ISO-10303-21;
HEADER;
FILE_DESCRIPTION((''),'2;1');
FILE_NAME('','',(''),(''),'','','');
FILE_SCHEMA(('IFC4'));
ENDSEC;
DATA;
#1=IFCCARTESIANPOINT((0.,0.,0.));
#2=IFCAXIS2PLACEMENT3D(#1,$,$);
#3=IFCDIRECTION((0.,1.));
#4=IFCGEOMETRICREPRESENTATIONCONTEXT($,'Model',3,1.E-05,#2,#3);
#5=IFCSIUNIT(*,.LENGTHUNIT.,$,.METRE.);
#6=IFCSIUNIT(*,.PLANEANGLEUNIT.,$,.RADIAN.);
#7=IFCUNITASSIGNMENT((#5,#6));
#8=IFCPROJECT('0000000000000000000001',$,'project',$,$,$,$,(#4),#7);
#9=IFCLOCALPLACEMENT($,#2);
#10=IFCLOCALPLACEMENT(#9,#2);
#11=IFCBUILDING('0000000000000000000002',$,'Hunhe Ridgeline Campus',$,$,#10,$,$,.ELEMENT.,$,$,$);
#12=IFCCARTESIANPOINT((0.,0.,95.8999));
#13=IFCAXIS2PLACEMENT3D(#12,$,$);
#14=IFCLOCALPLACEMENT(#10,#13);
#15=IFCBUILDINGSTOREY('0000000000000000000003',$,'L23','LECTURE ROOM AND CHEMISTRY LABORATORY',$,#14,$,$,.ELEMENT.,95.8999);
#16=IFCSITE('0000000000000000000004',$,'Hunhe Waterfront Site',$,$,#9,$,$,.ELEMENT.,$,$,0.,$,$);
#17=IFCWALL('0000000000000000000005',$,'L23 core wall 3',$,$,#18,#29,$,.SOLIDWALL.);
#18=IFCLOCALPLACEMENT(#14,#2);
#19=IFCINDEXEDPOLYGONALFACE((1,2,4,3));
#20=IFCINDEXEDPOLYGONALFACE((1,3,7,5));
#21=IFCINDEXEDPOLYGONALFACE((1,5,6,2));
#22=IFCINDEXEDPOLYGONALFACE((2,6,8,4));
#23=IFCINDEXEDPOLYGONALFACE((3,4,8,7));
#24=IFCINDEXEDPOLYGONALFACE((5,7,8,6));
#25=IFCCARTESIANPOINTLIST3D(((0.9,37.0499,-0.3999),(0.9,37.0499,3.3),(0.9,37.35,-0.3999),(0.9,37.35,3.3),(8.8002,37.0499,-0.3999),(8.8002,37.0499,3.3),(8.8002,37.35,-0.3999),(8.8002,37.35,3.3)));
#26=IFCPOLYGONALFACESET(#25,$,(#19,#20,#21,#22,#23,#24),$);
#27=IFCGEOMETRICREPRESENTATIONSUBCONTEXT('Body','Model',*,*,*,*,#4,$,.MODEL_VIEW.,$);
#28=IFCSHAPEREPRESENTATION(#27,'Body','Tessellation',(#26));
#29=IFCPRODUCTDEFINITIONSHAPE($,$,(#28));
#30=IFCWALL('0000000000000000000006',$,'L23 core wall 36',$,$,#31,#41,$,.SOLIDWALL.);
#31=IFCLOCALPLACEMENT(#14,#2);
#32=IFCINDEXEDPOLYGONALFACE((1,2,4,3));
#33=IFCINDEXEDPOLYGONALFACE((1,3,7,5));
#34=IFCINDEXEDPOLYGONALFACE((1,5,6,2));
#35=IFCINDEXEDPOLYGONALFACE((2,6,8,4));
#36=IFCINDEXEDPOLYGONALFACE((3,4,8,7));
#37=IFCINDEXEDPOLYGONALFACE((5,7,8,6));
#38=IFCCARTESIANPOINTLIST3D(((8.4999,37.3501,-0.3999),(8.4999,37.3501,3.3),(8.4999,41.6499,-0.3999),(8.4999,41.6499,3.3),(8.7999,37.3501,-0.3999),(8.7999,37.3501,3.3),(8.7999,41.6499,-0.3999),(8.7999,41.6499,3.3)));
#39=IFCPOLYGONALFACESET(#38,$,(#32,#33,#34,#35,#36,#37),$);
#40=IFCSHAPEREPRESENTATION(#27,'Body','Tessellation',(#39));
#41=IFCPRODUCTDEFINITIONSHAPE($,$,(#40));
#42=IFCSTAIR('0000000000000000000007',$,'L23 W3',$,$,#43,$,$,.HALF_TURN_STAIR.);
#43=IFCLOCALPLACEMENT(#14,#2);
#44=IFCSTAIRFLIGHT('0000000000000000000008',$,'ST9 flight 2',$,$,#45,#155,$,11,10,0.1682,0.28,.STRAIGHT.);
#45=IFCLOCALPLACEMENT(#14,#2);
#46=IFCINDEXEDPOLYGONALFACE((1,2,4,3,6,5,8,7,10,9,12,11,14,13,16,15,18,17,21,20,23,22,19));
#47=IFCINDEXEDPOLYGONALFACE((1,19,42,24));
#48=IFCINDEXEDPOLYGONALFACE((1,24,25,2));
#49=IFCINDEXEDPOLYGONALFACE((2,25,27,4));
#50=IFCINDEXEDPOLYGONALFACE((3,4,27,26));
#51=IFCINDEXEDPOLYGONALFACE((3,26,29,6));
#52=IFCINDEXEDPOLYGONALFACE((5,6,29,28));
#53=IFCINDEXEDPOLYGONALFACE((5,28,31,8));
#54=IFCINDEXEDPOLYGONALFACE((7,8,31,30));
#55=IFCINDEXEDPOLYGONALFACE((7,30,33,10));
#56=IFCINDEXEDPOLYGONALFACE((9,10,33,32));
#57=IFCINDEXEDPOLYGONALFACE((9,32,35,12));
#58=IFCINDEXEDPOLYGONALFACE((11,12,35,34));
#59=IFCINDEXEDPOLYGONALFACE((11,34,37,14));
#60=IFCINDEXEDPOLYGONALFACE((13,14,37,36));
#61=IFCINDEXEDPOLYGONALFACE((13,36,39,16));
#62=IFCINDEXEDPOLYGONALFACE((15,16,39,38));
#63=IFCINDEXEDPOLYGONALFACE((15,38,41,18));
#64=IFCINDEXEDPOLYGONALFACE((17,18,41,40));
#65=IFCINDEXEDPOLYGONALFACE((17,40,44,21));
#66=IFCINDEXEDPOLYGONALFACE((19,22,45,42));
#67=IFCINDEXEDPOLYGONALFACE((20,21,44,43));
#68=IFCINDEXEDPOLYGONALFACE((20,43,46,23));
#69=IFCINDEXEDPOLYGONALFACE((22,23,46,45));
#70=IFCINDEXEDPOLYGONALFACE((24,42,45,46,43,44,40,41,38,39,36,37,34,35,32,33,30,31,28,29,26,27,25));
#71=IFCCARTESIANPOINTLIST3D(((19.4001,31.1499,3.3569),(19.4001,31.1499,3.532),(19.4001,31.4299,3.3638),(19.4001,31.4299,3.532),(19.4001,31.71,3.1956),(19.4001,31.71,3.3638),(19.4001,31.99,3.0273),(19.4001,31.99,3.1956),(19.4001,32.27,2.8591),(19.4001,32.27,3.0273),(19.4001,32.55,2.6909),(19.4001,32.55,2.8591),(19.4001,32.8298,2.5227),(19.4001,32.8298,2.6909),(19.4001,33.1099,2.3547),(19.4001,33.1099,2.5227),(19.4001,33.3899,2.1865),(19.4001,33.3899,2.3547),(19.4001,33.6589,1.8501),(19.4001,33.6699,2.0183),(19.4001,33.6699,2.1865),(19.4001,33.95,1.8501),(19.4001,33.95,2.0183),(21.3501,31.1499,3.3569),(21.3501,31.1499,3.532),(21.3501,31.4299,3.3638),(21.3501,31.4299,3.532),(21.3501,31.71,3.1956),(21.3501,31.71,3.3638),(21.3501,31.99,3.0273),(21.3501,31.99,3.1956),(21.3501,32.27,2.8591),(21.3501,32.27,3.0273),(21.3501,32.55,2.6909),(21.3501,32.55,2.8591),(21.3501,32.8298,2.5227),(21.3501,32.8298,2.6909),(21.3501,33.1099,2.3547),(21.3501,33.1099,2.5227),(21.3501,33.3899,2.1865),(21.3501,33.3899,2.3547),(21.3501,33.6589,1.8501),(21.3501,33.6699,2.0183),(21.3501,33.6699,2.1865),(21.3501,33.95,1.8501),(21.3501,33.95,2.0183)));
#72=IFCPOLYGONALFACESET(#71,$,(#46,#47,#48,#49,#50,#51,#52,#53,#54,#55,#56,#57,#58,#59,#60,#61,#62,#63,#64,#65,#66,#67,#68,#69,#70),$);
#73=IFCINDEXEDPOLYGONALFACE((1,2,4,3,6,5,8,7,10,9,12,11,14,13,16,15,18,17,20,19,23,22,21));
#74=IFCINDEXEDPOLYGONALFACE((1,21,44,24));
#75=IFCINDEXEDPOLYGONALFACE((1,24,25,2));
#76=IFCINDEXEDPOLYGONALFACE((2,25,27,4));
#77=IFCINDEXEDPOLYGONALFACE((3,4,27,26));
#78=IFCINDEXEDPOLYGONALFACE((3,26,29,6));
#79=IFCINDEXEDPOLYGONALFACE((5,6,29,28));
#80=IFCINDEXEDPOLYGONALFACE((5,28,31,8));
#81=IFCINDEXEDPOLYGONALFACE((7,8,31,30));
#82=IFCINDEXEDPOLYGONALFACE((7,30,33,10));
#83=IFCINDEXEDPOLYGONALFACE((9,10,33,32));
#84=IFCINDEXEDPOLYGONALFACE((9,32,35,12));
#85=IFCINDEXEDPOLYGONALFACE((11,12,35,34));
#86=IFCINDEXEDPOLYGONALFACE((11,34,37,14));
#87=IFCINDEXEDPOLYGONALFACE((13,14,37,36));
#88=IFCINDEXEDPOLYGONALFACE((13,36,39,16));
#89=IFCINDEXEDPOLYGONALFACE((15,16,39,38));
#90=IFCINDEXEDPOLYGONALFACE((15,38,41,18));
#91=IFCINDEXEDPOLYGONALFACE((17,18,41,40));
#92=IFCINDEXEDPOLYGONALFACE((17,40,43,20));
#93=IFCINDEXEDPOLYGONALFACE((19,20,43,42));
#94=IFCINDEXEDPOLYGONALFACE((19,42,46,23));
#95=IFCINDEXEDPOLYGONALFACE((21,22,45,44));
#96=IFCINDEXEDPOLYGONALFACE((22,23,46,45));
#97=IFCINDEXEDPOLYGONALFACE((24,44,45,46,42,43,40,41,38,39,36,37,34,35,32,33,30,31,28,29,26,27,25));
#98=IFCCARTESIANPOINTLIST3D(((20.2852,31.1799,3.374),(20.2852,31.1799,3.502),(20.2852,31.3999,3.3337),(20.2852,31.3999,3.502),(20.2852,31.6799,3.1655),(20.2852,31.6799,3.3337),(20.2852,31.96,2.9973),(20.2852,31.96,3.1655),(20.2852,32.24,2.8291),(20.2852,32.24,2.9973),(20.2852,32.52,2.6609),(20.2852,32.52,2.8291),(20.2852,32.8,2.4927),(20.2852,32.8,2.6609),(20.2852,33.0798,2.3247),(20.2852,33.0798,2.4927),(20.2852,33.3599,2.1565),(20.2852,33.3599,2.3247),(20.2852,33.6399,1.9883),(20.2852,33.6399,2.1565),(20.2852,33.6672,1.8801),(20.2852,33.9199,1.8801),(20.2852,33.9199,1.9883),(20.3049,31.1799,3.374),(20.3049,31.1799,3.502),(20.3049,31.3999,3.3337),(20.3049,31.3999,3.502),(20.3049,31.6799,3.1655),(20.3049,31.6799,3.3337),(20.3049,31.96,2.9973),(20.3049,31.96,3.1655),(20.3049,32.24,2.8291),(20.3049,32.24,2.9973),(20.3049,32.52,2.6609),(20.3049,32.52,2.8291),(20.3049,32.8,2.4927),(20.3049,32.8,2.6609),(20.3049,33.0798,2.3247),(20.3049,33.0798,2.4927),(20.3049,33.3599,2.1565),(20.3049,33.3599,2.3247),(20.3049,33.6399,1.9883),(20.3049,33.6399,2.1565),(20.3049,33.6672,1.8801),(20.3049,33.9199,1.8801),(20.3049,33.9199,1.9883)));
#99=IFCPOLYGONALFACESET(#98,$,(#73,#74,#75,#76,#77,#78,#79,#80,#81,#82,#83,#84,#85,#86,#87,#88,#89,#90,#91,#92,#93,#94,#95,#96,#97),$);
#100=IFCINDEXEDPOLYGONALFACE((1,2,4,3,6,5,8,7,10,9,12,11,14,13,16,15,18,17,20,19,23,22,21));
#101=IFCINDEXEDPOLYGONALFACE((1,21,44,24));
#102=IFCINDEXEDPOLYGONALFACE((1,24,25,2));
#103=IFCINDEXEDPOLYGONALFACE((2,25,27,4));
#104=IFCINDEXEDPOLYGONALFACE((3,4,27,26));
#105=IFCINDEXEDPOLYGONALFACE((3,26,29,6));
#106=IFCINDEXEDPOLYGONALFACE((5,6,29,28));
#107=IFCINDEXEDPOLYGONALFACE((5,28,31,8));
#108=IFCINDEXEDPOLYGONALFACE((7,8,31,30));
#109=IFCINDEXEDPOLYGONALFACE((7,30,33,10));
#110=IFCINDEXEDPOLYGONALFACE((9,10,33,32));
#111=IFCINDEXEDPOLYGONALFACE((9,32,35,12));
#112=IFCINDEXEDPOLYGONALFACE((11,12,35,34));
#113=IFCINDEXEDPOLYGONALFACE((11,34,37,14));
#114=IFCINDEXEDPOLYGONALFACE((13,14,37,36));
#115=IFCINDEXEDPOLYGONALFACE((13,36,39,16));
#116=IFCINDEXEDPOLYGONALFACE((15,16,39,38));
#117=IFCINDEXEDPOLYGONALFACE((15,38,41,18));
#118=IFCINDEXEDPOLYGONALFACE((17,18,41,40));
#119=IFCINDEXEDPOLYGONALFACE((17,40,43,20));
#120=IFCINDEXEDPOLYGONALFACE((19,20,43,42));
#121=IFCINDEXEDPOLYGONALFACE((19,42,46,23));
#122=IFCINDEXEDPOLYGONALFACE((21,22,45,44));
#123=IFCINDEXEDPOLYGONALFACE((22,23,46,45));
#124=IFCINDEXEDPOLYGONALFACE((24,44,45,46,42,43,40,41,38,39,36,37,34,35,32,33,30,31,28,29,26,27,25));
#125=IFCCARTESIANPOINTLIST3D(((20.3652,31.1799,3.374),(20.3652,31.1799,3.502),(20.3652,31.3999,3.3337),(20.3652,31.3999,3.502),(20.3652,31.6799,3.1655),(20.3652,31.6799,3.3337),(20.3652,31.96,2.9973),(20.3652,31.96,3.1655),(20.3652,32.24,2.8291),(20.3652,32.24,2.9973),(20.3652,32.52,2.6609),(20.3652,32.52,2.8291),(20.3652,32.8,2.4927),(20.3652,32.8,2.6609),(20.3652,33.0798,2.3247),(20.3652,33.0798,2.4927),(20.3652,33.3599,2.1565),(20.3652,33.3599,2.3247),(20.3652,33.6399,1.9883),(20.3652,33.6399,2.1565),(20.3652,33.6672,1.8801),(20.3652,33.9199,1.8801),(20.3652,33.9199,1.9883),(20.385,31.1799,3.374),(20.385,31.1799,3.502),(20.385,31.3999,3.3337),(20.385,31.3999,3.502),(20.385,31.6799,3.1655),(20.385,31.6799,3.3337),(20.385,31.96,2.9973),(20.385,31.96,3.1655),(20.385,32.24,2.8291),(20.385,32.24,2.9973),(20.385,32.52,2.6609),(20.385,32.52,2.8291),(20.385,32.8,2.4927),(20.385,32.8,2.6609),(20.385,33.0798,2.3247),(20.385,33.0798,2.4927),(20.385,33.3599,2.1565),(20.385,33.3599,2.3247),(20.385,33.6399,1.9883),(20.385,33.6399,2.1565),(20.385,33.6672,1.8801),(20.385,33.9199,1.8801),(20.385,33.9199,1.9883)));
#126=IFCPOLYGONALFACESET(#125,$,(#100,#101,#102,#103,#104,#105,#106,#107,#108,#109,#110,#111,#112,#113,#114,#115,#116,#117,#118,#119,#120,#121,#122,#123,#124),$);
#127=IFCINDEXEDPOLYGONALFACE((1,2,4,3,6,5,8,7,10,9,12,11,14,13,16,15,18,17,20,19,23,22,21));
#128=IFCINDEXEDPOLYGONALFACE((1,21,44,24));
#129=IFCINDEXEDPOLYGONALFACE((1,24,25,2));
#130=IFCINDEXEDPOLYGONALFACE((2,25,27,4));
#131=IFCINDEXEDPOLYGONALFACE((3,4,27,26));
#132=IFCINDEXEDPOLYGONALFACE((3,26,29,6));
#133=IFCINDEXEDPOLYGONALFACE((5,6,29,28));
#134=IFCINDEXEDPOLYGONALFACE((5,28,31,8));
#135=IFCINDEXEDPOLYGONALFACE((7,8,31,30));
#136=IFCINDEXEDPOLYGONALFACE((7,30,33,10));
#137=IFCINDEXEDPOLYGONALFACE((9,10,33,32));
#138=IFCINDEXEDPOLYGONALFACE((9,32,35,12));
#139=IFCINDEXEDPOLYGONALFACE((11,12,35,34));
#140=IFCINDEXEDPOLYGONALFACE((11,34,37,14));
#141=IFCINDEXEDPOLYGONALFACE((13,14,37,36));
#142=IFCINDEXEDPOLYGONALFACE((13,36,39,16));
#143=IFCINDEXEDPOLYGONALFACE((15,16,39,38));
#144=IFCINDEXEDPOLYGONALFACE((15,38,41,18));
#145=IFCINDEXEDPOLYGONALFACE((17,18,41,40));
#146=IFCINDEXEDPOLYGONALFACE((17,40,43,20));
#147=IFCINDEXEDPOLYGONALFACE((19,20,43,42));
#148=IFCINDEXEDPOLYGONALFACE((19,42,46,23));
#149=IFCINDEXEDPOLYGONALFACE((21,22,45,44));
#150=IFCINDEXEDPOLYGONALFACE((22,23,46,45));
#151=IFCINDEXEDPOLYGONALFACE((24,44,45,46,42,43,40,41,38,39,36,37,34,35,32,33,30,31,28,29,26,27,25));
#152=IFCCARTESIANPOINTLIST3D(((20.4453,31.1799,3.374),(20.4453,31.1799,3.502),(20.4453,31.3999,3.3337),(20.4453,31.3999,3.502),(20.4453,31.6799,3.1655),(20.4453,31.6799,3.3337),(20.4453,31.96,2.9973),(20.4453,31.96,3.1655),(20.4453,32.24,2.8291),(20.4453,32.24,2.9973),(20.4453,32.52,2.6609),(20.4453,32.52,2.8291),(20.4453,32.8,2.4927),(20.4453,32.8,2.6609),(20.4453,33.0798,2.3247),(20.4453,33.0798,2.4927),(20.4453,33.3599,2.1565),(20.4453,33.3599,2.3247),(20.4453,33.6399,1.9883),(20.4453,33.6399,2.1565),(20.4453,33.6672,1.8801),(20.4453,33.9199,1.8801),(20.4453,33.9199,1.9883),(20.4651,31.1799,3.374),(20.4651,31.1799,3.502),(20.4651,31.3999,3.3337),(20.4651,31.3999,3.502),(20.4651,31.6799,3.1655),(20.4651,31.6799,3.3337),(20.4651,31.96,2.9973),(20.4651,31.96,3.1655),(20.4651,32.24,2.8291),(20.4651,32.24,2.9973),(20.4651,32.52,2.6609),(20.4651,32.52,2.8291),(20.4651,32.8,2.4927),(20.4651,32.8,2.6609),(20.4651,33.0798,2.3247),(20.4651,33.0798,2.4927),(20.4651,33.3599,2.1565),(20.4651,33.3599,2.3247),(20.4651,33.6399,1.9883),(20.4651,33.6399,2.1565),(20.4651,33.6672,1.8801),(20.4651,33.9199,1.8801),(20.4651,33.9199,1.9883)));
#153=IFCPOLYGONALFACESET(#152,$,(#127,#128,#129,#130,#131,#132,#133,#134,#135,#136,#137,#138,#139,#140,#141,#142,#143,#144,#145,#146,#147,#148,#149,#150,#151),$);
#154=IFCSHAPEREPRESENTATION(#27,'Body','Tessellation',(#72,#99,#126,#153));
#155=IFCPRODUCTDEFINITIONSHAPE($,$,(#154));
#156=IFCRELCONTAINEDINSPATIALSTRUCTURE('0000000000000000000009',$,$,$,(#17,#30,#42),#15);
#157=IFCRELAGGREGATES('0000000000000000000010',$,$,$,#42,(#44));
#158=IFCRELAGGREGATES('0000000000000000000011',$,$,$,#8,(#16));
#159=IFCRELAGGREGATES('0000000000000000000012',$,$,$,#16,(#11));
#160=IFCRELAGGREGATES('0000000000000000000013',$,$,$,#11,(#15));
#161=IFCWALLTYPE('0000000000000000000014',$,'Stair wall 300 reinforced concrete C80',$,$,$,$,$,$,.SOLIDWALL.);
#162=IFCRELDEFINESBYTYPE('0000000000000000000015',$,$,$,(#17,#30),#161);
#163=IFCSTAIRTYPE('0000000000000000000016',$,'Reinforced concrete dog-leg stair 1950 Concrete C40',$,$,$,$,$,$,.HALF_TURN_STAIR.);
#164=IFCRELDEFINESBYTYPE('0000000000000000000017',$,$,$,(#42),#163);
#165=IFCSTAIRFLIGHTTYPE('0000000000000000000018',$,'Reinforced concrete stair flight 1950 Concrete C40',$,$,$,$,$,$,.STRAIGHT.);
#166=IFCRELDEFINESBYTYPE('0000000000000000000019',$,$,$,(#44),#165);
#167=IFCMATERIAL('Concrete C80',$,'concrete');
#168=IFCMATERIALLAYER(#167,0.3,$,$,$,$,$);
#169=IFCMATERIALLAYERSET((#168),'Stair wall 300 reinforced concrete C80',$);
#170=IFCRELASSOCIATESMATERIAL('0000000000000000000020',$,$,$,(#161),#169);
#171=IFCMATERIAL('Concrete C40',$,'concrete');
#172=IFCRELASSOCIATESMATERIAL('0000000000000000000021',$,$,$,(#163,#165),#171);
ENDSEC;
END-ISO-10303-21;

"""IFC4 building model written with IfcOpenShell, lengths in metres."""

from ifc_helpers import new_model, si_unit, direction, frame, frame_2d, origin, place, context, subcontext, project, spatial, polyline, rectangle, outline, extrude, material, layer, layer_set, type_object, element, aggregate, save


model = new_model("IFC4")

# Units and contexts
model_context = context("Model", 3, precision=1e-05, world=origin(), true_north=direction((0.0, 1.0)))
body_context = subcontext(model_context, "Body", "Model", "MODEL_VIEW")
ifc_project = project(units=[si_unit("LENGTHUNIT", "METRE"), si_unit("PLANEANGLEUNIT", "RADIAN")], contexts=[model_context])

# Site, building, storey
site_placement = place(None, origin())
site = spatial("IfcSite", under=ifc_project, at=site_placement, Name="Hunhe Waterfront Site", CompositionType="ELEMENT", RefElevation=0.0)
building_placement = place(site_placement, origin())
building = spatial("IfcBuilding", under=site, at=building_placement, Name="Hunhe Ridgeline Campus", CompositionType="ELEMENT")
storey_placement = place(building_placement, frame((0.0, 0.0, 95.8999)))
storey = spatial("IfcBuildingStorey", under=building, at=storey_placement, Name="L23", Description="LECTURE ROOM AND CHEMISTRY LABORATORY", CompositionType="ELEMENT", Elevation=95.8999)

# Wall
ifc_material_1 = material(Name="Concrete C80", Category="concrete")
ifc_layer_1 = layer(ifc_material_1, 0.3)
ifc_layer_set_1 = layer_set([ifc_layer_1], Name="Stair wall 300 reinforced concrete C80")
wall_type_1 = type_object("IfcWallType", Name="Stair wall 300 reinforced concrete C80", PredefinedType="SOLIDWALL", material=ifc_layer_set_1)
wall_1_placement = place(storey_placement, frame((0.8999, 37.2, -0.3999), z_axis=(0.0, 0.0, 1.0), x_axis=(1.0, 0.0, 0.0)))
element("IfcWall", 1, at=wall_1_placement, inside=storey, type_object=wall_type_1, Name="L23 core wall 3", PredefinedType="SOLIDWALL", context=body_context, shape_type="SweptSolid", body=[
    extrude(rectangle(XDim=7.9001, YDim=0.3, at=frame_2d((3.9502, 0.0))), origin(), (0.0, 0.0, 1.0), 3.7),
])

# Wall
wall_2_placement = place(storey_placement, frame((8.6499, 37.3501, -0.3999), z_axis=(0.0, 0.0, 1.0), x_axis=(0.0, 1.0, 0.0)))
element("IfcWall", 2, at=wall_2_placement, inside=storey, type_object=wall_type_1, Name="L23 core wall 36", PredefinedType="SOLIDWALL", context=body_context, shape_type="SweptSolid", body=[
    extrude(rectangle(XDim=4.2998, YDim=0.3, at=frame_2d((2.1499, 0.0))), origin(), (0.0, 0.0, 1.0), 3.7),
])

# Stair, stair flight
ifc_material_2 = material(Name="Concrete C40", Category="concrete")
stair_type = type_object("IfcStairType", Name="Reinforced concrete dog-leg stair 1950 Concrete C40", PredefinedType="HALF_TURN_STAIR", material=ifc_material_2)
stair_1_placement = place(storey_placement, origin())
stair_1 = element("IfcStair", 3, at=stair_1_placement, inside=storey, type_object=stair_type, Name="L23 W3", PredefinedType="HALF_TURN_STAIR")
stair_flight_type = type_object("IfcStairFlightType", Name="Reinforced concrete stair flight 1950 Concrete C40", PredefinedType="STRAIGHT", material=ifc_material_2)
stair_flight_1_placement = place(storey_placement, frame((20.375, 33.95, 1.8501), z_axis=(0.0, 0.0, 1.0), x_axis=(0.0, -1.0, 0.0)))
stair_flight_1 = element("IfcStairFlight", 4, at=stair_flight_1_placement, type_object=stair_flight_type, Name="ST9 flight 2", NumberOfRisers=11, NumberOfTreads=10, PredefinedType="STRAIGHT", RiserHeight=0.1682, TreadLength=0.28, context=body_context, shape_type="SweptSolid", body=[
    extrude(outline(polyline([(0.0, 0.0), (0.0, 0.1682), (0.28, 0.1682), (0.28, 0.3364), (0.5601, 0.3364), (0.5601, 0.5046), (0.8401, 0.5046), (0.8401, 0.6726), (1.1201, 0.6726), (1.1201, 0.8408), (1.3999, 0.8408), (1.3999, 1.009), (1.6799, 1.009), (1.6799, 1.1772), (1.96, 1.1772), (1.96, 1.3455), (2.24, 1.3455), (2.24, 1.5137), (2.52, 1.5137), (2.52, 1.6819), (2.8, 1.6819), (2.8, 1.8501), (2.8, 1.5068), (0.291, 0.0), (0.0, 0.0)])), frame((0.0, 0.9751, 0.0), z_axis=(0.0, -1.0, 0.0), x_axis=(1.0, 0.0, 0.0)), (0.0, 0.0, 1.0), 1.95),
    extrude(outline(polyline([(0.03, 0.03), (0.03, 0.1382), (0.3101, 0.1382), (0.3101, 0.3064), (0.5901, 0.3064), (0.5901, 0.4746), (0.8701, 0.4746), (0.8701, 0.6426), (1.1499, 0.6426), (1.1499, 0.8108), (1.4299, 0.8108), (1.4299, 0.979), (1.71, 0.979), (1.71, 1.1472), (1.99, 1.1472), (1.99, 1.3154), (2.27, 1.3154), (2.27, 1.4836), (2.55, 1.4836), (2.55, 1.6519), (2.77, 1.6519), (2.77, 1.5239), (0.2827, 0.03), (0.03, 0.03)])), frame((0.0, -0.0701, 0.0), z_axis=(0.0, -1.0, 0.0), x_axis=(1.0, 0.0, 0.0)), (0.0, 0.0, 1.0), 0.0198),
    extrude(outline(polyline([(0.03, 0.03), (0.03, 0.1382), (0.3101, 0.1382), (0.3101, 0.3064), (0.5901, 0.3064), (0.5901, 0.4746), (0.8701, 0.4746), (0.8701, 0.6426), (1.1499, 0.6426), (1.1499, 0.8108), (1.4299, 0.8108), (1.4299, 0.979), (1.71, 0.979), (1.71, 1.1472), (1.99, 1.1472), (1.99, 1.3154), (2.27, 1.3154), (2.27, 1.4836), (2.55, 1.4836), (2.55, 1.6519), (2.77, 1.6519), (2.77, 1.5239), (0.2827, 0.03), (0.03, 0.03)])), frame((0.0, 0.01, 0.0), z_axis=(0.0, -1.0, 0.0), x_axis=(1.0, 0.0, 0.0)), (0.0, 0.0, 1.0), 0.0198),
    extrude(outline(polyline([(0.03, 0.03), (0.03, 0.1382), (0.3101, 0.1382), (0.3101, 0.3064), (0.5901, 0.3064), (0.5901, 0.4746), (0.8701, 0.4746), (0.8701, 0.6426), (1.1499, 0.6426), (1.1499, 0.8108), (1.4299, 0.8108), (1.4299, 0.979), (1.71, 0.979), (1.71, 1.1472), (1.99, 1.1472), (1.99, 1.3154), (2.27, 1.3154), (2.27, 1.4836), (2.55, 1.4836), (2.55, 1.6519), (2.77, 1.6519), (2.77, 1.5239), (0.2827, 0.03), (0.03, 0.03)])), frame((0.0, 0.0901, 0.0), z_axis=(0.0, -1.0, 0.0), x_axis=(1.0, 0.0, 0.0)), (0.0, 0.0, 1.0), 0.0198),
])
aggregate(stair_1, [stair_flight_1])

save(model, "model.ifc")
